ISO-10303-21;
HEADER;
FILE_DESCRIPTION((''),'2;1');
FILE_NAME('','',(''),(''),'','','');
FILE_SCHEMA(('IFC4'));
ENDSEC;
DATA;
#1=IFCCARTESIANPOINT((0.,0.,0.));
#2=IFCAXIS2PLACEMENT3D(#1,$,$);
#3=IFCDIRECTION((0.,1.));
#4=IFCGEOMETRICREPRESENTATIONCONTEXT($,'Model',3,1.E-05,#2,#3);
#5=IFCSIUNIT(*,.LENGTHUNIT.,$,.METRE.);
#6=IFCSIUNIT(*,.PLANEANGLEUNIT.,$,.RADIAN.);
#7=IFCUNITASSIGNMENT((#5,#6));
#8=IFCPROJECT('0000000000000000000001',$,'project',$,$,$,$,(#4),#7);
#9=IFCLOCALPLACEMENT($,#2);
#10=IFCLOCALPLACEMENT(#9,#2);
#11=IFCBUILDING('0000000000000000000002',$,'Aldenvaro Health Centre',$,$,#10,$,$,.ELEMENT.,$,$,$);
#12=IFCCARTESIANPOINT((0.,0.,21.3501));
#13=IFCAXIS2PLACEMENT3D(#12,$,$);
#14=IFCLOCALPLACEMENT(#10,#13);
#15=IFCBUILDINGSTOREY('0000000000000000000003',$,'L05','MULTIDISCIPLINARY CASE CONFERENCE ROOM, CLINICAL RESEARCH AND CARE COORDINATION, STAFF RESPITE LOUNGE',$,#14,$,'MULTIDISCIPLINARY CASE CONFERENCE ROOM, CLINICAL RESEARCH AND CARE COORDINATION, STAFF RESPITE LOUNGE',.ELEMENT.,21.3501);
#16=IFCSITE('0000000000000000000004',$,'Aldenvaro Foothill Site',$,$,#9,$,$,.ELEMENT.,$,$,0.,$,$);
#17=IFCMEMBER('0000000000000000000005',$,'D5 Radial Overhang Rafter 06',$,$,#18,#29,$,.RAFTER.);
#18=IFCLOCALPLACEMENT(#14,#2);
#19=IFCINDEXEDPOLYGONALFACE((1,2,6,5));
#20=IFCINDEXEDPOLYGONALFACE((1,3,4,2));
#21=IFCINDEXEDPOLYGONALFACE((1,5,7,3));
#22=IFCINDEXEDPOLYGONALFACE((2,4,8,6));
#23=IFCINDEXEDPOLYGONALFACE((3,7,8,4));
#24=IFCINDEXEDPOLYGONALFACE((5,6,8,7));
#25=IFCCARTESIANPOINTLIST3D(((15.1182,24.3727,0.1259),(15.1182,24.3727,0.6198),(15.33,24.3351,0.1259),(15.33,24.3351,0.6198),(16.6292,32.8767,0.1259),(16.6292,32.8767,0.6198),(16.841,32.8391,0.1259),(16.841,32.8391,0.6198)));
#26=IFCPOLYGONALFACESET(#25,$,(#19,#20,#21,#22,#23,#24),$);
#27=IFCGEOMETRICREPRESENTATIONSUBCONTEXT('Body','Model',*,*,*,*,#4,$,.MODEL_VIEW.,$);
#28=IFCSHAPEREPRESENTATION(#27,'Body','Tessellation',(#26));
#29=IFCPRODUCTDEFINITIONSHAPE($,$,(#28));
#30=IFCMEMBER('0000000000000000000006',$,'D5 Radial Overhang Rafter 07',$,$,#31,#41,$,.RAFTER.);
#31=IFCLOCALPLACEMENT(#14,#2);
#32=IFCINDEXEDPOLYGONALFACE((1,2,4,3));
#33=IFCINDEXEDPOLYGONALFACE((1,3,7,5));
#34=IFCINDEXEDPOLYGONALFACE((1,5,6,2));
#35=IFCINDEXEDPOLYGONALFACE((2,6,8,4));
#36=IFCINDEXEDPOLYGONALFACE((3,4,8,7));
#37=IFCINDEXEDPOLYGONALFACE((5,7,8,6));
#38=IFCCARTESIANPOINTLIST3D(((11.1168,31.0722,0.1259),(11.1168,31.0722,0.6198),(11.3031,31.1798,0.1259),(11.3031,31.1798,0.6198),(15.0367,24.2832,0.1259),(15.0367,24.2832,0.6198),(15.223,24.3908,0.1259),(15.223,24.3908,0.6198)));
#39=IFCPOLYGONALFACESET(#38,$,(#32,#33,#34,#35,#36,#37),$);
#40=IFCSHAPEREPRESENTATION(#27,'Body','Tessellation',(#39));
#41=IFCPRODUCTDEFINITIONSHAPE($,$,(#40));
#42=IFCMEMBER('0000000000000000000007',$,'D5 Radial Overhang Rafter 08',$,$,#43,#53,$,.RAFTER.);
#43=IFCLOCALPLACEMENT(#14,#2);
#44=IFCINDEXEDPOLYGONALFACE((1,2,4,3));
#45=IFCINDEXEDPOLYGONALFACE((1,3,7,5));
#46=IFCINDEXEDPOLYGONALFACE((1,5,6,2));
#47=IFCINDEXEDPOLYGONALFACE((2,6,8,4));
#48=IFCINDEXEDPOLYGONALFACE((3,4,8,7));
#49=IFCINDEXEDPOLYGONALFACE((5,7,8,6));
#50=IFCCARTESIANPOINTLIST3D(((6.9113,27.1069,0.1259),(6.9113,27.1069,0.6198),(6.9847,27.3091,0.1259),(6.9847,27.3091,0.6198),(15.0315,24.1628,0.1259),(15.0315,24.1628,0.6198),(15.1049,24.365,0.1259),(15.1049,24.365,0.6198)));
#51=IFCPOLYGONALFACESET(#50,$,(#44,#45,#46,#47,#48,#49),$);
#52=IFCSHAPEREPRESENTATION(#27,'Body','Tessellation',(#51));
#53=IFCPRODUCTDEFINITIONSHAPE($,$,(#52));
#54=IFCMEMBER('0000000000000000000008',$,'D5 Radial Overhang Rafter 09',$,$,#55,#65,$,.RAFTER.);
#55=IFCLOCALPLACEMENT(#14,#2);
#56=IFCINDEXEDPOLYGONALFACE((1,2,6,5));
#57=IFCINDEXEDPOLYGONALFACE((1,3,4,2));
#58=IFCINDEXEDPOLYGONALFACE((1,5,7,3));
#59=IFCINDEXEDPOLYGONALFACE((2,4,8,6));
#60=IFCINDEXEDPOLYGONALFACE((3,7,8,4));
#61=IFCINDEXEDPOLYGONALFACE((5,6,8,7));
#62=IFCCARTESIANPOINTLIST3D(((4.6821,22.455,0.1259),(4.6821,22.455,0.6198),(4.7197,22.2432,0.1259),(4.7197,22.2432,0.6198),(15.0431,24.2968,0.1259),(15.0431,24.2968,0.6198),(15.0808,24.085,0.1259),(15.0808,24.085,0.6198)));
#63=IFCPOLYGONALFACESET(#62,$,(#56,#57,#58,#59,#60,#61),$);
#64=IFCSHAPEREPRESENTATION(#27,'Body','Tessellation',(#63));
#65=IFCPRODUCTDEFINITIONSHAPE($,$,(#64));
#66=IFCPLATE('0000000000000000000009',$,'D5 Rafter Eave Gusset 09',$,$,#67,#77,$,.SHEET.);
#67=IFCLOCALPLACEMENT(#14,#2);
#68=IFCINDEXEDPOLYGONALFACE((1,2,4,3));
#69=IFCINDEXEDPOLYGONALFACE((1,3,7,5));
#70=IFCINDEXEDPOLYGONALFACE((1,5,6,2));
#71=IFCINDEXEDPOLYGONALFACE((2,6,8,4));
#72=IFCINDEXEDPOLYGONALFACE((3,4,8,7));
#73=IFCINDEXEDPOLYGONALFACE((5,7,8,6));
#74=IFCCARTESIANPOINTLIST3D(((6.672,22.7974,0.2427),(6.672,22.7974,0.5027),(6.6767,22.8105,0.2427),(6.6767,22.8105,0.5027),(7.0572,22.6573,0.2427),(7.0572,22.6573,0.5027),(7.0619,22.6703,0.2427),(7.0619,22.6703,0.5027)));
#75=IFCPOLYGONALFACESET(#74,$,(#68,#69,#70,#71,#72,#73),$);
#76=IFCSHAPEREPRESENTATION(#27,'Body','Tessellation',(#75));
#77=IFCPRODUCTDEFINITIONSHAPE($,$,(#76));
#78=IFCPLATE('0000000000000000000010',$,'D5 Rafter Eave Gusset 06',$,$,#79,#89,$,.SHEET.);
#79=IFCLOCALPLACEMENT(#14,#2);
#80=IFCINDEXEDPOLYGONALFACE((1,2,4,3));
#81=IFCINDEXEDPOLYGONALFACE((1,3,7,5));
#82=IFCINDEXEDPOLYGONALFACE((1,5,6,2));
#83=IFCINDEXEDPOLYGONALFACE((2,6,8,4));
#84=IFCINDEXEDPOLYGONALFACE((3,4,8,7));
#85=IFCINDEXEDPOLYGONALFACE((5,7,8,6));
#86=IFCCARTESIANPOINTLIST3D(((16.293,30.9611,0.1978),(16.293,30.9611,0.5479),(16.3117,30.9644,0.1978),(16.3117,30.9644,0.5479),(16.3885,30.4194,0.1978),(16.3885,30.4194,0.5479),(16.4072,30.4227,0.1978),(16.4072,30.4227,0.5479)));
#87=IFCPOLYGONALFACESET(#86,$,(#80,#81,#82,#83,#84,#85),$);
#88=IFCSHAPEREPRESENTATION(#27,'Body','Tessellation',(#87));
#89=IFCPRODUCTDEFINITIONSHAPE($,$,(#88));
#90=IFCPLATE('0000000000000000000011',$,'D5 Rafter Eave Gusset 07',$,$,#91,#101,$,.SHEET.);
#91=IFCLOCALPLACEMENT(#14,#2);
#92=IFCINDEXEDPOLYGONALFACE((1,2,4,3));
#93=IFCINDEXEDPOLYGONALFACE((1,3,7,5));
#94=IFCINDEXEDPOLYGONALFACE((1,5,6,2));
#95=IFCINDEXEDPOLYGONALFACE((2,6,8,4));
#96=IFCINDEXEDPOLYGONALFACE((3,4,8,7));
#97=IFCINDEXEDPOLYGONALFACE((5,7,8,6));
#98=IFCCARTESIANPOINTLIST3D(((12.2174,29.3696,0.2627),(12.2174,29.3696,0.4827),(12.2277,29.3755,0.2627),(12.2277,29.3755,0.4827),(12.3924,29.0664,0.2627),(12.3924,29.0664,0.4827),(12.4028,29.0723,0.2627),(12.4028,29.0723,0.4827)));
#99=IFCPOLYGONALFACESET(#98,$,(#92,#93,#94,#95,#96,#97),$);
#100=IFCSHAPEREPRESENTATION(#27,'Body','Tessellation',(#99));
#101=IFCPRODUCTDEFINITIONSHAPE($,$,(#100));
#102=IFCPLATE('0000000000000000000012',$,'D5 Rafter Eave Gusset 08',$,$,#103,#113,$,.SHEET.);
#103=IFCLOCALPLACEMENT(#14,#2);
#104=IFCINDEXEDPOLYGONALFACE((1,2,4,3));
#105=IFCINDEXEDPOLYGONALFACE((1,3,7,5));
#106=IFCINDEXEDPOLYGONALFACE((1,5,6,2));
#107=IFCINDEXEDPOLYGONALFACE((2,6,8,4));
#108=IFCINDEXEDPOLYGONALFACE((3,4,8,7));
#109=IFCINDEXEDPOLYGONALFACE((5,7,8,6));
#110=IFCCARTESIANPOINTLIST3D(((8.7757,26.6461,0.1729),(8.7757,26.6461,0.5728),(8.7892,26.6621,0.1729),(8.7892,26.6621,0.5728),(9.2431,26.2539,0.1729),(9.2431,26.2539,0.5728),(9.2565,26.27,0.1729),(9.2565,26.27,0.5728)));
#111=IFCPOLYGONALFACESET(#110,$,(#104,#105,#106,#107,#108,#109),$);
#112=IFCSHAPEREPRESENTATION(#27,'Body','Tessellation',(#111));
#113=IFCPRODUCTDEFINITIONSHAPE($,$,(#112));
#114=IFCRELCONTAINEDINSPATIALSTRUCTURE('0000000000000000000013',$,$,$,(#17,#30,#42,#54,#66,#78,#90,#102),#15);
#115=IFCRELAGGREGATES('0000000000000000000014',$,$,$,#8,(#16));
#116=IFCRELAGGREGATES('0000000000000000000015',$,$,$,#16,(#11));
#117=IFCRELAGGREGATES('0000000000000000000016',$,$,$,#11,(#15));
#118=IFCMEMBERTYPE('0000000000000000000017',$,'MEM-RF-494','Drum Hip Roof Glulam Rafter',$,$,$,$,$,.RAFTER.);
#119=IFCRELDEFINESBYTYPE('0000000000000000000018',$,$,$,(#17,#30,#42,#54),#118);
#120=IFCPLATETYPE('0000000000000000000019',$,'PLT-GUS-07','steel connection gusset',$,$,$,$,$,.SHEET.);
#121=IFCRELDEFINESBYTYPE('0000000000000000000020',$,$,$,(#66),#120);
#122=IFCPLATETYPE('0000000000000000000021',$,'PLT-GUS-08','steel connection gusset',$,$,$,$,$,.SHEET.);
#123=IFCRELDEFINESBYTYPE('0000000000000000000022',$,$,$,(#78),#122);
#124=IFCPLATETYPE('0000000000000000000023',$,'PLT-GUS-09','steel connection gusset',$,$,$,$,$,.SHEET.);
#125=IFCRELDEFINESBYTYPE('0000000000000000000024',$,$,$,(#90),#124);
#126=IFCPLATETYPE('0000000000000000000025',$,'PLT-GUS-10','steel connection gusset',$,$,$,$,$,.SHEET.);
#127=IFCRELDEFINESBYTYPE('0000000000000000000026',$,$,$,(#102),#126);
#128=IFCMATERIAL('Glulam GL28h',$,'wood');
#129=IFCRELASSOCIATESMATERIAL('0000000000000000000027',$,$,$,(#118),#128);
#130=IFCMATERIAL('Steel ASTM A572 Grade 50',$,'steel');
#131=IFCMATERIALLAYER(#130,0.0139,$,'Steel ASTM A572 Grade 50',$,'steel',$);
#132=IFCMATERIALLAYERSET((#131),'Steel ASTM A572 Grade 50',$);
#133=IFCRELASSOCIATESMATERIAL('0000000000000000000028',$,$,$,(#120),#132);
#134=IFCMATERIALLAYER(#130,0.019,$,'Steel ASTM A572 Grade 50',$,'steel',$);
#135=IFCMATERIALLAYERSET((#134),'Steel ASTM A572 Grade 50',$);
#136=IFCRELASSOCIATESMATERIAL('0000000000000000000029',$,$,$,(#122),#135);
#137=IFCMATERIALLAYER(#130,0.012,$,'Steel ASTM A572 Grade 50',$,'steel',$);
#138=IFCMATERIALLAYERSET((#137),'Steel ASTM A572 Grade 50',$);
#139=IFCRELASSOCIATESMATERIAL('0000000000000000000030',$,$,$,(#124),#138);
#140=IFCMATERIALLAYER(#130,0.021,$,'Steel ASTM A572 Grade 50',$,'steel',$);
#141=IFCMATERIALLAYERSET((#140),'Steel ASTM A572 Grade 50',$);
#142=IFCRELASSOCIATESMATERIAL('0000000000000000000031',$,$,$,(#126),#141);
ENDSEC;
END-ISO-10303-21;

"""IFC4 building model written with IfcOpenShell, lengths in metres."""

from ifc_helpers import new_model, si_unit, direction, frame, origin, origin_2d, place, context, subcontext, project, spatial, rectangle, extrude, material, layer, layer_set, material_profile, profile_set, type_object, element, save


model = new_model("IFC4")

# Units and contexts
model_context = context("Model", 3, precision=1e-05, world=origin(), true_north=direction((0.0, 1.0)))
body_context = subcontext(model_context, "Body", "Model", "MODEL_VIEW")
ifc_project = project(units=[si_unit("LENGTHUNIT", "METRE"), si_unit("PLANEANGLEUNIT", "RADIAN")], contexts=[model_context])

# Site, building, storey
site_placement = place(None, origin())
site = spatial("IfcSite", under=ifc_project, at=site_placement, Name="Aldenvaro Foothill Site", CompositionType="ELEMENT", RefElevation=0.0)
building_placement = place(site_placement, origin())
building = spatial("IfcBuilding", under=site, at=building_placement, Name="Aldenvaro Health Centre", CompositionType="ELEMENT")
storey_placement = place(building_placement, frame((0.0, 0.0, 21.3501)))
storey = spatial("IfcBuildingStorey", under=building, at=storey_placement, Name="L05", Description="MULTIDISCIPLINARY CASE CONFERENCE ROOM, CLINICAL RESEARCH AND CARE COORDINATION, STAFF RESPITE LOUNGE", LongName="MULTIDISCIPLINARY CASE CONFERENCE ROOM, CLINICAL RESEARCH AND CARE COORDINATION, STAFF RESPITE LOUNGE", CompositionType="ELEMENT", Elevation=21.3501)

# Shared definitions
ifc_material_1 = material(Name="Glulam GL28h", Category="wood")

# Members
ifc_material_profile_1 = material_profile(ifc_material_1, rectangle(XDim=0.2151, YDim=0.4939, at=origin_2d()), Name="GL 215x494", Category="wood")
ifc_profile_set_1 = profile_set([ifc_material_profile_1], Name="Glulam GL28h")
member_type_1 = type_object("IfcMemberType", Name="MEM-RF-494", Description="Drum Hip Roof Glulam Rafter", PredefinedType="RAFTER", material=ifc_profile_set_1)
member_1_placement = place(storey_placement, frame((16.7351, 32.8579, 0.3728), z_axis=(-0.174941, -0.984579, 0.0), x_axis=(0.984579, -0.174941, 0.0)))
element("IfcMember", 1, at=member_1_placement, inside=storey, type_object=member_type_1, Name="D5 Radial Overhang Rafter 06", PredefinedType="RAFTER", context=body_context, shape_type="SweptSolid", body=[
    extrude(rectangle(XDim=0.2151, YDim=0.4939, at=origin_2d()), origin(), (0.0, 0.0, 1.0), 8.6372),
])
member_2_placement = place(storey_placement, frame((11.21, 31.126, 0.3728), z_axis=(0.500024, -0.866011, 0.0), x_axis=(0.866011, 0.500024, 0.0)))
element("IfcMember", 2, at=member_2_placement, inside=storey, type_object=member_type_1, Name="D5 Radial Overhang Rafter 07", PredefinedType="RAFTER", context=body_context, shape_type="SweptSolid", body=[
    extrude(rectangle(XDim=0.2151, YDim=0.4939, at=origin_2d()), origin(), (0.0, 0.0, 1.0), 7.8394),
])
member_3_placement = place(storey_placement, frame((6.948, 27.208, 0.3728), z_axis=(0.940116, -0.340856, 0.0), x_axis=(0.340856, 0.940116, 0.0)))
element("IfcMember", 3, at=member_3_placement, inside=storey, type_object=member_type_1, Name="D5 Radial Overhang Rafter 08", PredefinedType="RAFTER", context=body_context, shape_type="SweptSolid", body=[
    extrude(rectangle(XDim=0.2151, YDim=0.4939, at=origin_2d()), origin(), (0.0, 0.0, 1.0), 8.6375),
])
member_4_placement = place(storey_placement, frame((4.7009, 22.3491, 0.3728), z_axis=(0.984565, 0.175017, 0.0), x_axis=(-0.175017, 0.984565, 0.0)))
element("IfcMember", 4, at=member_4_placement, inside=storey, type_object=member_type_1, Name="D5 Radial Overhang Rafter 09", PredefinedType="RAFTER", context=body_context, shape_type="SweptSolid", body=[
    extrude(rectangle(XDim=0.2151, YDim=0.4939, at=origin_2d()), origin(), (0.0, 0.0, 1.0), 10.5234),
])

# Plates
ifc_material_2 = material(Name="Steel ASTM A572 Grade 50", Category="steel")
ifc_layer_1 = layer(ifc_material_2, 0.0139, Name="Steel ASTM A572 Grade 50", Category="steel")
ifc_layer_set_1 = layer_set([ifc_layer_1], Name="Steel ASTM A572 Grade 50")
plate_type_1 = type_object("IfcPlateType", Name="PLT-GUS-07", Description="steel connection gusset", PredefinedType="SHEET", material=ifc_layer_set_1)
plate_1_placement = place(storey_placement, frame((6.8669, 22.7339, 0.2427), z_axis=(0.0, 0.0, 1.0), x_axis=(-0.939694, 0.342015, 0.0)))
element("IfcPlate", 5, at=plate_1_placement, inside=storey, type_object=plate_type_1, Name="D5 Rafter Eave Gusset 09", PredefinedType="SHEET", context=body_context, shape_type="SweptSolid", body=[
    extrude(rectangle(XDim=0.4099, YDim=0.0139, at=origin_2d()), origin(), (0.0, 0.0, 1.0), 0.26),
])
ifc_layer_2 = layer(ifc_material_2, 0.019, Name="Steel ASTM A572 Grade 50", Category="steel")
ifc_layer_set_2 = layer_set([ifc_layer_2], Name="Steel ASTM A572 Grade 50")
plate_type_2 = type_object("IfcPlateType", Name="PLT-GUS-08", Description="steel connection gusset", PredefinedType="SHEET", material=ifc_layer_set_2)
plate_2_placement = place(storey_placement, frame((16.3501, 30.6919, 0.1978), z_axis=(0.0, 0.0, 1.0), x_axis=(-0.173666, 0.984805, 0.0)))
element("IfcPlate", 6, at=plate_2_placement, inside=storey, type_object=plate_type_2, Name="D5 Rafter Eave Gusset 06", PredefinedType="SHEET", context=body_context, shape_type="SweptSolid", body=[
    extrude(rectangle(XDim=0.55, YDim=0.019, at=origin_2d()), origin(), (0.0, 0.0, 1.0), 0.3501),
])
ifc_layer_3 = layer(ifc_material_2, 0.012, Name="Steel ASTM A572 Grade 50", Category="steel")
ifc_layer_set_3 = layer_set([ifc_layer_3], Name="Steel ASTM A572 Grade 50")
plate_type_3 = type_object("IfcPlateType", Name="PLT-GUS-09", Description="steel connection gusset", PredefinedType="SHEET", material=ifc_layer_set_3)
plate_3_placement = place(storey_placement, frame((12.3101, 29.2209, 0.2627), z_axis=(0.0, 0.0, 1.0), x_axis=(-0.500014, 0.866017, 0.0)))
element("IfcPlate", 7, at=plate_3_placement, inside=storey, type_object=plate_type_3, Name="D5 Rafter Eave Gusset 07", PredefinedType="SHEET", context=body_context, shape_type="SweptSolid", body=[
    extrude(rectangle(XDim=0.3501, YDim=0.012, at=origin_2d()), origin(), (0.0, 0.0, 1.0), 0.22),
])
ifc_layer_4 = layer(ifc_material_2, 0.021, Name="Steel ASTM A572 Grade 50", Category="steel")
ifc_layer_set_4 = layer_set([ifc_layer_4], Name="Steel ASTM A572 Grade 50")
plate_type_4 = type_object("IfcPlateType", Name="PLT-GUS-10", Description="steel connection gusset", PredefinedType="SHEET", material=ifc_layer_set_4)
plate_4_placement = place(storey_placement, frame((9.0161, 26.458, 0.1729), z_axis=(0.0, 0.0, 1.0), x_axis=(-0.766045, 0.642787, 0.0)))
element("IfcPlate", 8, at=plate_4_placement, inside=storey, type_object=plate_type_4, Name="D5 Rafter Eave Gusset 08", PredefinedType="SHEET", context=body_context, shape_type="SweptSolid", body=[
    extrude(rectangle(XDim=0.6101, YDim=0.021, at=origin_2d()), origin(), (0.0, 0.0, 1.0), 0.3999),
])

save(model, "model.ifc")
